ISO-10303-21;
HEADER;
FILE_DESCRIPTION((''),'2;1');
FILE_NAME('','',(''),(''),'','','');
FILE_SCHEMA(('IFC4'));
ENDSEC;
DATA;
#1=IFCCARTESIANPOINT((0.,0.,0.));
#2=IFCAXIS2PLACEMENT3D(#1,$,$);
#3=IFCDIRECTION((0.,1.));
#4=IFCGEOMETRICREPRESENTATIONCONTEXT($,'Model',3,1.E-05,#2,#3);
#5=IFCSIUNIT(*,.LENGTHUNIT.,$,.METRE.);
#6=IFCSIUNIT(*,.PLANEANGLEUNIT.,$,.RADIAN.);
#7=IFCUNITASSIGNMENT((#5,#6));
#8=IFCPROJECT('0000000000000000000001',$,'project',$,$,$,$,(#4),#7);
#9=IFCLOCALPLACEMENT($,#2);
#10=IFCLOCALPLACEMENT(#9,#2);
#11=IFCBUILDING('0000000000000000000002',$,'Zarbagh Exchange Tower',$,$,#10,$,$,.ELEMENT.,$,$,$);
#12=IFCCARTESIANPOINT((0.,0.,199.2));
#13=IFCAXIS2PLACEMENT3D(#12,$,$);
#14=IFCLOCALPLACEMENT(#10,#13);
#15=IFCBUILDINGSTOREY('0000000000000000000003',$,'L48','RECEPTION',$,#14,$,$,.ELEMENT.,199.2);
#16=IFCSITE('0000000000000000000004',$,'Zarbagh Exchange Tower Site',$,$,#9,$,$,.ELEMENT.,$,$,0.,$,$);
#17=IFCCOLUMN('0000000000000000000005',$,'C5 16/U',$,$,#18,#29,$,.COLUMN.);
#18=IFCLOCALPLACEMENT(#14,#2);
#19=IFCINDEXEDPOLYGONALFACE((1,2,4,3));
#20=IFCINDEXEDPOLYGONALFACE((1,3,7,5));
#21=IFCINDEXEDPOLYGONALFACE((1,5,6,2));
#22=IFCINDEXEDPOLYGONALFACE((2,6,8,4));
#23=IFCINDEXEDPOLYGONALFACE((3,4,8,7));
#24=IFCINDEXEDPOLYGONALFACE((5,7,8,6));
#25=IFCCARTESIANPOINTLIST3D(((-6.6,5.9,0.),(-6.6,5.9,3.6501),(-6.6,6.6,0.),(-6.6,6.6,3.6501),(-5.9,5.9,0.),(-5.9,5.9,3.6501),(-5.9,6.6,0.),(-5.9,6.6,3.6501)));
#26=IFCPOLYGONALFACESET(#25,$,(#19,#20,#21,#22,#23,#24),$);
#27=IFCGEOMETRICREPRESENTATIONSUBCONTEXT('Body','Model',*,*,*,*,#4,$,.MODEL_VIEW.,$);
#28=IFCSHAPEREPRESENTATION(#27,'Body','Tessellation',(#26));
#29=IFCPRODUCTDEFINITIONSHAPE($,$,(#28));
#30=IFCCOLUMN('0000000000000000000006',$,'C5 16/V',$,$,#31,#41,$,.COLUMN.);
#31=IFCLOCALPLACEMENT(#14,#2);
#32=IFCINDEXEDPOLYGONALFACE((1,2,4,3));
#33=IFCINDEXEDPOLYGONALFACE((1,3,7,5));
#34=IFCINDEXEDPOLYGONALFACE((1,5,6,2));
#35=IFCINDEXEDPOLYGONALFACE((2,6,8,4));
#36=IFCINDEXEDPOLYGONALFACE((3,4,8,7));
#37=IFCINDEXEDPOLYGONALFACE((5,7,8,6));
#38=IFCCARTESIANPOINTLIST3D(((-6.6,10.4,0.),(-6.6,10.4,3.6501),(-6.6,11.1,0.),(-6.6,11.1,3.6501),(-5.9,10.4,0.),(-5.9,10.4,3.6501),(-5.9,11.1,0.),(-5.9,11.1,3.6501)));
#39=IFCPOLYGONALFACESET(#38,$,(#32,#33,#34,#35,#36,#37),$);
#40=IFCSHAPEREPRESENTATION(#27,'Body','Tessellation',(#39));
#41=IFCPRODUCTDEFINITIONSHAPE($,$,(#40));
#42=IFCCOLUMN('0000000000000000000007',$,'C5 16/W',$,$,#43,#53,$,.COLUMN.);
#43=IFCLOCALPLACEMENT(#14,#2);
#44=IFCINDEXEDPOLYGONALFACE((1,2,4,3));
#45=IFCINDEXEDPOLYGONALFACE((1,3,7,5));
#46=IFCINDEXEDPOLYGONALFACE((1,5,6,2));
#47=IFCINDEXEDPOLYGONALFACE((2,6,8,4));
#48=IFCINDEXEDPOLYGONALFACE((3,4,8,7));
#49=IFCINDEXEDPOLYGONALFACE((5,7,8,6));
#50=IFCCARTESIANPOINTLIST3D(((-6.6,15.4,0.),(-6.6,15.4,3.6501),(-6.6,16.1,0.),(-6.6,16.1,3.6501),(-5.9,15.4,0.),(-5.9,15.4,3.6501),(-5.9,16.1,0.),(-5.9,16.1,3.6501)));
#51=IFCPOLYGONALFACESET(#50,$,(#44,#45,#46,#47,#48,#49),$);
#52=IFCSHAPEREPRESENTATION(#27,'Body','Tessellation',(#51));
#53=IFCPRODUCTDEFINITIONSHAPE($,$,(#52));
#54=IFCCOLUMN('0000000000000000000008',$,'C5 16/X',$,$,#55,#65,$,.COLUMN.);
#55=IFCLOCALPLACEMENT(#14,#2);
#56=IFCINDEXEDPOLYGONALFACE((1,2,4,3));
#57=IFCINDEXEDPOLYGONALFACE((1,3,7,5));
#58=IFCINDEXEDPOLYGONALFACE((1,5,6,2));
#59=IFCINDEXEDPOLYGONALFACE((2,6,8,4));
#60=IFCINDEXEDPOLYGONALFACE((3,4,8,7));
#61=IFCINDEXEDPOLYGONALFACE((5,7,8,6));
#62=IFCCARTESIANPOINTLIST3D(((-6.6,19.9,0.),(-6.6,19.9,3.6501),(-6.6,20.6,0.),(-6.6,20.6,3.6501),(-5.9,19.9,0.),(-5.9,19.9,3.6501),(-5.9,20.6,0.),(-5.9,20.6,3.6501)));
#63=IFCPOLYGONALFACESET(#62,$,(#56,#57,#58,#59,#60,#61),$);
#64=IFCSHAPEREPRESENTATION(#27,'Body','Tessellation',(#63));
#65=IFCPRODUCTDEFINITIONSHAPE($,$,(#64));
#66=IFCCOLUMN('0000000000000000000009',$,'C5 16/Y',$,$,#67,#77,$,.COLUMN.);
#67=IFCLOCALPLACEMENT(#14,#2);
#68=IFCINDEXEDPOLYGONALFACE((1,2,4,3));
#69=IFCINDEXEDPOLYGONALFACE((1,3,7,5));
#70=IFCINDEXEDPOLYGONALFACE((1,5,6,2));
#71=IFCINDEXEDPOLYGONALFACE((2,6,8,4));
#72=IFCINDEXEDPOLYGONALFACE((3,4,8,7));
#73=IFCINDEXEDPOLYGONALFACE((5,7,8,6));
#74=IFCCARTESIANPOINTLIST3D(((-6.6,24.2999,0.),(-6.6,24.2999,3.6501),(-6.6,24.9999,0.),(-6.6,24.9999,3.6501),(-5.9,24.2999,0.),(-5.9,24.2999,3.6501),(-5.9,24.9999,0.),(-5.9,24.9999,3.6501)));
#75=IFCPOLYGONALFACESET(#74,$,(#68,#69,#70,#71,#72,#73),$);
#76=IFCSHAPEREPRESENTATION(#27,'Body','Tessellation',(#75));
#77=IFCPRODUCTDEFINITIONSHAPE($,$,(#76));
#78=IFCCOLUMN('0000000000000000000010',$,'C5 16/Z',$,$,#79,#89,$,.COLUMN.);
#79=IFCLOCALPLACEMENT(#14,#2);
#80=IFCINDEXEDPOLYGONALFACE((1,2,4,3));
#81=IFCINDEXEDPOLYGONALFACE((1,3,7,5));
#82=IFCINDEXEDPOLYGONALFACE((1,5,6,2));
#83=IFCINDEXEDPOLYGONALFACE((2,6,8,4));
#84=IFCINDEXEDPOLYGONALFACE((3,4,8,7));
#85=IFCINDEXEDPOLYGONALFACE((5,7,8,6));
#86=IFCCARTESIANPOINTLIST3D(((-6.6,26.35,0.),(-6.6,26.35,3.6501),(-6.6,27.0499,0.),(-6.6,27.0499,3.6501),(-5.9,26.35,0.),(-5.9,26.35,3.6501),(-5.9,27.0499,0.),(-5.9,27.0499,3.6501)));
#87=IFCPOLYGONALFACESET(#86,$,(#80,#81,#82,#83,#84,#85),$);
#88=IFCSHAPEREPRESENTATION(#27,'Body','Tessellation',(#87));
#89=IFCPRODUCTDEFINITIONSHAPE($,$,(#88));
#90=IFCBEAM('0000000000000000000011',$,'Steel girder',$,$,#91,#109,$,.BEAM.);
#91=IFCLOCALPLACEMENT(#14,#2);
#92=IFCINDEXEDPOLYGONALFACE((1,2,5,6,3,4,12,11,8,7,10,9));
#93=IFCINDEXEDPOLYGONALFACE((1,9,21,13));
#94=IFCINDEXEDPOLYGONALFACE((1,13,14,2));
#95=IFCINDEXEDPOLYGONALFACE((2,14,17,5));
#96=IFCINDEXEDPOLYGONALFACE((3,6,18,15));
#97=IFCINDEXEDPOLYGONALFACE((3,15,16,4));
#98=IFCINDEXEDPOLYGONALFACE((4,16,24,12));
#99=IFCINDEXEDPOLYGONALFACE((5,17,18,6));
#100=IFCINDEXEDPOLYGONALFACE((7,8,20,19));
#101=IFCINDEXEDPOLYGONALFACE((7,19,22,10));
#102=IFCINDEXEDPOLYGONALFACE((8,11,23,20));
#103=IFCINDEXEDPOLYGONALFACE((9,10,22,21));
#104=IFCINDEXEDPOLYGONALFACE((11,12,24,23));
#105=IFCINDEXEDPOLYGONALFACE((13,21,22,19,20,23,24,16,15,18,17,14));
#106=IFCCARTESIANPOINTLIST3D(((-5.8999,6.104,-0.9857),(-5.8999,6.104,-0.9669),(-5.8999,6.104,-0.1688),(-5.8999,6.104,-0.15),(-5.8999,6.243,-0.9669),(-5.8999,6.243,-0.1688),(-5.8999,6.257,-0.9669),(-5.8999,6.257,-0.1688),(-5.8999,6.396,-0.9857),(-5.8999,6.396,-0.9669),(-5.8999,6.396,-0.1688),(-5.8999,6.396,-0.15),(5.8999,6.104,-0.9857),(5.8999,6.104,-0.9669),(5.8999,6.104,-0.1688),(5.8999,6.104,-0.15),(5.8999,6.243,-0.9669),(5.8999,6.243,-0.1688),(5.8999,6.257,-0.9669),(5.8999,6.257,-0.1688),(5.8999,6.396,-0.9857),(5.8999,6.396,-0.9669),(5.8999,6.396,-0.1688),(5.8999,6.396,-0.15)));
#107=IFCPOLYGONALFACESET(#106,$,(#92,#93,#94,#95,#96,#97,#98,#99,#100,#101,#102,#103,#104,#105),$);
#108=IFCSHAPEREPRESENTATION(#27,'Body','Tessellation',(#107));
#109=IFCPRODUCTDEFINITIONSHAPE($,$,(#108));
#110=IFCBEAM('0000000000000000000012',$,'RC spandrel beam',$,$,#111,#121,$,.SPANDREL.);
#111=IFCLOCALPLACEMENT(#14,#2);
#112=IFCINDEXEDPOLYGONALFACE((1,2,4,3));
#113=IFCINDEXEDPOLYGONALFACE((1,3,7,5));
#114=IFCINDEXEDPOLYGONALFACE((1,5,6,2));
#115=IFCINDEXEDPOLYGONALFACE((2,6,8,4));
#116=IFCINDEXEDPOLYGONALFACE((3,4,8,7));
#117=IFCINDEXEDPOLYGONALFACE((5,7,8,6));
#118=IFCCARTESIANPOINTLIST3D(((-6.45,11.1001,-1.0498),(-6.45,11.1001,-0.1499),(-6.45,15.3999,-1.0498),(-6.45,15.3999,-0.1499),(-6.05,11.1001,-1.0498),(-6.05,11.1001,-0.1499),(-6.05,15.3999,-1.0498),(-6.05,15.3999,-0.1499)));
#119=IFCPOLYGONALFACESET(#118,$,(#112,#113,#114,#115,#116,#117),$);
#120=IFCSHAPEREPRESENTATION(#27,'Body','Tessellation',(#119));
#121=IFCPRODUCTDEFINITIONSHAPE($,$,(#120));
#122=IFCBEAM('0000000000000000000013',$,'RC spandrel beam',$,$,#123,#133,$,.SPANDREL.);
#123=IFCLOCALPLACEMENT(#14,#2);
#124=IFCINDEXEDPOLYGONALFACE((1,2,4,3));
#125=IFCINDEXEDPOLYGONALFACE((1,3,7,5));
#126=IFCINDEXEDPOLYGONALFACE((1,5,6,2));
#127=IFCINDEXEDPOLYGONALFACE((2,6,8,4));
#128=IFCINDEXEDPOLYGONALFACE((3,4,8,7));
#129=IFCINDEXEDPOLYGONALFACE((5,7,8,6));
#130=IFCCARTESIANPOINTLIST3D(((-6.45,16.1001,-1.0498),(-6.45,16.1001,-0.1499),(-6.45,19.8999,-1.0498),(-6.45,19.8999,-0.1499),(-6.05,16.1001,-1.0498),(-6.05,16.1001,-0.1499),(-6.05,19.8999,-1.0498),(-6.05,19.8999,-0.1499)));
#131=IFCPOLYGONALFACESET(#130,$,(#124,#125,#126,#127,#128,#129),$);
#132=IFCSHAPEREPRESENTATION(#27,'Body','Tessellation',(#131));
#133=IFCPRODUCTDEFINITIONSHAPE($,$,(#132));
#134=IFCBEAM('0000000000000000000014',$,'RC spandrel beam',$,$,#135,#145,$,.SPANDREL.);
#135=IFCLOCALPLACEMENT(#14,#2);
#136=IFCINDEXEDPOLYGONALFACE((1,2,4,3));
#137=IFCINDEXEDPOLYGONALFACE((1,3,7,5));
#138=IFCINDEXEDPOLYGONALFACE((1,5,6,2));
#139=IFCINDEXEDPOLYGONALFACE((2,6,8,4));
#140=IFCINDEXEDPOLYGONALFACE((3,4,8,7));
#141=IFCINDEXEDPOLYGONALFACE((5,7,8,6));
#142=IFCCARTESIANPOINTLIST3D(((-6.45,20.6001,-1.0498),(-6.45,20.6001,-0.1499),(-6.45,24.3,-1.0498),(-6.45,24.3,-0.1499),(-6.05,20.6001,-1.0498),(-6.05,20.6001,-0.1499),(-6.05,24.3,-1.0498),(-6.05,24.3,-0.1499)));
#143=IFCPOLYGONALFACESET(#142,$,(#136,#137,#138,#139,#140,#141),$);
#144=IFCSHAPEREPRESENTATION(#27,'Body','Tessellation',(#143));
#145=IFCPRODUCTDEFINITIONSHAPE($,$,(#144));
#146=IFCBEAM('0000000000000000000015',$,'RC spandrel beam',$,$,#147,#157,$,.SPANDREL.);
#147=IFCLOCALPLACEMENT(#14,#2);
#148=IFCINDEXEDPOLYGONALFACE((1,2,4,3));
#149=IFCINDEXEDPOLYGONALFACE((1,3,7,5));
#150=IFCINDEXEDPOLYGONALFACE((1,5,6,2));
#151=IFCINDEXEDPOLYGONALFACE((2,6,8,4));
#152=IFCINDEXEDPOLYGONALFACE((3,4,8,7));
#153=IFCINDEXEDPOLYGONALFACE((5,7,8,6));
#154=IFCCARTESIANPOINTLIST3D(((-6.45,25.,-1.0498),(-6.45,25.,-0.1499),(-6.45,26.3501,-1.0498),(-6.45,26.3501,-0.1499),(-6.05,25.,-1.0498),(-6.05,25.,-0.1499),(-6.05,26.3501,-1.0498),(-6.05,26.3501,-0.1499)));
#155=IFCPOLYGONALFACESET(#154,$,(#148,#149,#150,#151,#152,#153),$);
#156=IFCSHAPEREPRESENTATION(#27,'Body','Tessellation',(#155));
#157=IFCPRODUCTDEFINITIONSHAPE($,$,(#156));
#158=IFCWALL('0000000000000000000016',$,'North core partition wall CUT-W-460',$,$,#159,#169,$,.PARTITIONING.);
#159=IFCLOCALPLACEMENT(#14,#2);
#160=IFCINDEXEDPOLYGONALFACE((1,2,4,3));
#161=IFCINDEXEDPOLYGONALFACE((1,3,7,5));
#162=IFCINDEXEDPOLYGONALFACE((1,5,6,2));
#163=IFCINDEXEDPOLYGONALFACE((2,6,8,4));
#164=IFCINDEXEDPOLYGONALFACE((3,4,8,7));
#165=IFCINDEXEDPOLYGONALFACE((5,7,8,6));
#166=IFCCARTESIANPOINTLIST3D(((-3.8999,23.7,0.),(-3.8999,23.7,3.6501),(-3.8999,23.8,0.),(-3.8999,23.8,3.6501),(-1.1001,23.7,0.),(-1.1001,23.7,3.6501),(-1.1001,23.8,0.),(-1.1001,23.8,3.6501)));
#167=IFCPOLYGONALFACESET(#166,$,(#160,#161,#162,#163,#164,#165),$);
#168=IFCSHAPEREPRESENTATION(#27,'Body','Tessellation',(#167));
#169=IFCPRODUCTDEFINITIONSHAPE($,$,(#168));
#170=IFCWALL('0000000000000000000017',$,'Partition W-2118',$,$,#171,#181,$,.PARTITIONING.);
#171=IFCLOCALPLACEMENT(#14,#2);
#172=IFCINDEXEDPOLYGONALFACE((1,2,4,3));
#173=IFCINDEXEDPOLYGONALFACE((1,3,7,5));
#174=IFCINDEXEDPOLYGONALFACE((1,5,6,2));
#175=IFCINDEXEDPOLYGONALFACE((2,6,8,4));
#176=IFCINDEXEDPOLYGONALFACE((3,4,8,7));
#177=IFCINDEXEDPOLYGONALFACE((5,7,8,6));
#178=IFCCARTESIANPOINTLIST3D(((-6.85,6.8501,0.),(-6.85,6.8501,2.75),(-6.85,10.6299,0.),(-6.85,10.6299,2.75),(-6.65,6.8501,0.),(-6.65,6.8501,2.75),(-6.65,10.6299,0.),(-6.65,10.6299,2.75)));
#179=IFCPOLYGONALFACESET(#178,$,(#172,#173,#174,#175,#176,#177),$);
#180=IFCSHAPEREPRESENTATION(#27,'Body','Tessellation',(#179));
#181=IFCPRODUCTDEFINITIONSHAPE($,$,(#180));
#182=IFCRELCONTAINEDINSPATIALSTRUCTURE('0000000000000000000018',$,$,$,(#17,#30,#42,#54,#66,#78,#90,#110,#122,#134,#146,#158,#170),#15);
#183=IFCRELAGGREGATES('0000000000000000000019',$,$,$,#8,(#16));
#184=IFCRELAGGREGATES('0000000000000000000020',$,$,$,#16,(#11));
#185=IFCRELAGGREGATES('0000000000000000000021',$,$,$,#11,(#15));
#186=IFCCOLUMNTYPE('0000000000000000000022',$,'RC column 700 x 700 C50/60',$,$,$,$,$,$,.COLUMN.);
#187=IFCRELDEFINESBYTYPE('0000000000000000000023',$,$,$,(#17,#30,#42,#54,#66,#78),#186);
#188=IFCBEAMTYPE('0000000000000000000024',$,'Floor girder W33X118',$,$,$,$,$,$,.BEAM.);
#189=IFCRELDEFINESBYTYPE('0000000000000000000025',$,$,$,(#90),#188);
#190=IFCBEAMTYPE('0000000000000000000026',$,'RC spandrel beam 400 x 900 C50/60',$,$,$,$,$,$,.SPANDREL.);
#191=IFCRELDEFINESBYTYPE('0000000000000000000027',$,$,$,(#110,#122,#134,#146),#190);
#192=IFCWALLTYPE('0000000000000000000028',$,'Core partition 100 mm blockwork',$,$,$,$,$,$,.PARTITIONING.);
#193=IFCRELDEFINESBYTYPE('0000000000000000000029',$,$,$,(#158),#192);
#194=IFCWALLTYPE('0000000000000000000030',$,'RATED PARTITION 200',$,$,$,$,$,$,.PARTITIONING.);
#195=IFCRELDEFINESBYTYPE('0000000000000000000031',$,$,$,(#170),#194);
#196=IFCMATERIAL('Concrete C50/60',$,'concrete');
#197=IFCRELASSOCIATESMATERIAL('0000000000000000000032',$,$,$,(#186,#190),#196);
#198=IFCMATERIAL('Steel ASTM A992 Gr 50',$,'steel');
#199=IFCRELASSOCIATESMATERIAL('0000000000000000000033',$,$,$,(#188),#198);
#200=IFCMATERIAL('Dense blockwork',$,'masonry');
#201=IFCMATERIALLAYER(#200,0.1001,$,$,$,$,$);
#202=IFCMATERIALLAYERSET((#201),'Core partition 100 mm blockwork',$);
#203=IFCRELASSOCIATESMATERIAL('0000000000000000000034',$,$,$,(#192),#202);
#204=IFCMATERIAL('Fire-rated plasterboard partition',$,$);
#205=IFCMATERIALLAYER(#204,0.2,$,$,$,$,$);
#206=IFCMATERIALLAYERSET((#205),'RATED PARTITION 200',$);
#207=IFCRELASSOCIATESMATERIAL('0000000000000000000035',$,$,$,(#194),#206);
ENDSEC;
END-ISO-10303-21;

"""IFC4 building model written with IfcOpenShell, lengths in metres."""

from ifc_helpers import new_model, si_unit, direction, frame, frame_2d, origin, origin_2d, place, context, subcontext, project, spatial, rectangle, i_section, extrude, material, layer, layer_set, material_profile, profile_set, type_object, element, save


model = new_model("IFC4")

# Units and contexts
model_context = context("Model", 3, precision=1e-05, world=origin(), true_north=direction((0.0, 1.0)))
body_context = subcontext(model_context, "Body", "Model", "MODEL_VIEW")
ifc_project = project(units=[si_unit("LENGTHUNIT", "METRE"), si_unit("PLANEANGLEUNIT", "RADIAN")], contexts=[model_context])

# Site, building, storey
site_placement = place(None, origin())
site = spatial("IfcSite", under=ifc_project, at=site_placement, Name="Zarbagh Exchange Tower Site", CompositionType="ELEMENT", RefElevation=0.0)
building_placement = place(site_placement, origin())
building = spatial("IfcBuilding", under=site, at=building_placement, Name="Zarbagh Exchange Tower", CompositionType="ELEMENT")
storey_placement = place(building_placement, frame((0.0, 0.0, 199.2)))
storey = spatial("IfcBuildingStorey", under=building, at=storey_placement, Name="L48", Description="RECEPTION", CompositionType="ELEMENT", Elevation=199.2)

# Columns
ifc_material_1 = material(Name="Concrete C50/60", Category="concrete")
ifc_material_profile_1 = material_profile(ifc_material_1, rectangle(XDim=0.7, YDim=0.7, at=origin_2d()), Name="RC column 700 x 700 C50/60")
ifc_profile_set_1 = profile_set([ifc_material_profile_1], Name="Concrete C50/60")
column_type = type_object("IfcColumnType", Name="RC column 700 x 700 C50/60", PredefinedType="COLUMN", material=ifc_profile_set_1)
for number, where, z_axis, x_axis, name in (
    (1, (-6.25, 6.25, 0.0), (0.0, 0.0, 1.0), (1.0, 0.0, 0.0), "C5 16/U"),
    (2, (-6.25, 10.75, 0.0), (0.0, 0.0, 1.0), (1.0, 0.0, 0.0), "C5 16/V"),
    (3, (-6.25, 15.75, 0.0), (0.0, 0.0, 1.0), (1.0, 0.0, 0.0), "C5 16/W"),
    (4, (-6.25, 20.25, 0.0), (0.0, 0.0, 1.0), (1.0, 0.0, 0.0), "C5 16/X"),
    (5, (-6.25, 24.6499, 0.0), (0.0, 0.0, 1.0), (1.0, 0.0, 0.0), "C5 16/Y"),
    (6, (-6.25, 26.7, 0.0), (0.0, 0.0, 1.0), (1.0, 0.0, 0.0), "C5 16/Z"),
):
    element("IfcColumn", number, at=place(storey_placement, frame(where, z_axis=z_axis, x_axis=x_axis)), inside=storey, type_object=column_type, Name=name, PredefinedType="COLUMN", context=body_context, shape_type="SweptSolid", body=[
        extrude(rectangle(XDim=0.7, YDim=0.7, at=origin_2d()), origin(), (0.0, 0.0, 1.0), 3.6501),
    ])

# Beams
ifc_material_2 = material(Name="Steel ASTM A992 Gr 50", Category="steel")
ifc_material_profile_2 = material_profile(ifc_material_2, i_section(OverallWidth=0.292, OverallDepth=0.8357, WebThickness=0.0139, FlangeThickness=0.0188, at=origin_2d()), Name="W33X118")
ifc_profile_set_2 = profile_set([ifc_material_profile_2], Name="Steel ASTM A992 Gr 50")
beam_type_1 = type_object("IfcBeamType", Name="Floor girder W33X118", PredefinedType="BEAM", material=ifc_profile_set_2)
beam_1_placement = place(storey_placement, frame((-5.8999, 6.25, -0.5679), z_axis=(1.0, 0.0, 0.0), x_axis=(0.0, 1.0, 0.0)))
element("IfcBeam", 7, at=beam_1_placement, inside=storey, type_object=beam_type_1, Name="Steel girder", PredefinedType="BEAM", context=body_context, shape_type="SweptSolid", body=[
    extrude(i_section(OverallWidth=0.292, OverallDepth=0.8357, WebThickness=0.0139, FlangeThickness=0.0188, at=origin_2d()), origin(), (0.0, 0.0, 1.0), 11.7998),
])
ifc_material_profile_3 = material_profile(ifc_material_1, rectangle(XDim=0.3999, YDim=0.8999, at=origin_2d()), Name="RC spandrel beam 400 x 900 C50/60")
ifc_profile_set_3 = profile_set([ifc_material_profile_3], Name="Concrete C50/60")
beam_type_2 = type_object("IfcBeamType", Name="RC spandrel beam 400 x 900 C50/60", PredefinedType="SPANDREL", material=ifc_profile_set_3)
beam_2_placement = place(storey_placement, frame((-6.25, 11.1001, -0.5999), z_axis=(0.0, 1.0, 0.0), x_axis=(-1.0, 0.0, 0.0)))
element("IfcBeam", 8, at=beam_2_placement, inside=storey, type_object=beam_type_2, Name="RC spandrel beam", PredefinedType="SPANDREL", context=body_context, shape_type="SweptSolid", body=[
    extrude(rectangle(XDim=0.3999, YDim=0.8999, at=origin_2d()), origin(), (0.0, 0.0, 1.0), 4.2998),
])
beam_3_placement = place(storey_placement, frame((-6.25, 16.1001, -0.5999), z_axis=(0.0, 1.0, 0.0), x_axis=(-1.0, 0.0, 0.0)))
element("IfcBeam", 9, at=beam_3_placement, inside=storey, type_object=beam_type_2, Name="RC spandrel beam", PredefinedType="SPANDREL", context=body_context, shape_type="SweptSolid", body=[
    extrude(rectangle(XDim=0.3999, YDim=0.8999, at=origin_2d()), origin(), (0.0, 0.0, 1.0), 3.7998),
])
beam_4_placement = place(storey_placement, frame((-6.25, 20.6001, -0.5999), z_axis=(0.0, 1.0, 0.0), x_axis=(-1.0, 0.0, 0.0)))
element("IfcBeam", 10, at=beam_4_placement, inside=storey, type_object=beam_type_2, Name="RC spandrel beam", PredefinedType="SPANDREL", context=body_context, shape_type="SweptSolid", body=[
    extrude(rectangle(XDim=0.3999, YDim=0.8999, at=origin_2d()), origin(), (0.0, 0.0, 1.0), 3.7),
])
beam_5_placement = place(storey_placement, frame((-6.25, 25.0, -0.5999), z_axis=(0.0, 1.0, 0.0), x_axis=(-1.0, 0.0, 0.0)))
element("IfcBeam", 11, at=beam_5_placement, inside=storey, type_object=beam_type_2, Name="RC spandrel beam", PredefinedType="SPANDREL", context=body_context, shape_type="SweptSolid", body=[
    extrude(rectangle(XDim=0.3999, YDim=0.8999, at=origin_2d()), origin(), (0.0, 0.0, 1.0), 1.3501),
])

# Walls
ifc_material_3 = material(Name="Dense blockwork", Category="masonry")
ifc_layer_1 = layer(ifc_material_3, 0.1001)
ifc_layer_set_1 = layer_set([ifc_layer_1], Name="Core partition 100 mm blockwork")
wall_type_1 = type_object("IfcWallType", Name="Core partition 100 mm blockwork", PredefinedType="PARTITIONING", material=ifc_layer_set_1)
wall_1_placement = place(storey_placement, frame((-3.8999, 23.75, 0.0), z_axis=(0.0, 0.0, 1.0), x_axis=(1.0, 0.0, 0.0)))
element("IfcWall", 12, at=wall_1_placement, inside=storey, type_object=wall_type_1, Name="North core partition wall CUT-W-460", PredefinedType="PARTITIONING", context=body_context, shape_type="SweptSolid", body=[
    extrude(rectangle(XDim=2.7998, YDim=0.1001, at=frame_2d((1.3999, 0.0))), origin(), (0.0, 0.0, 1.0), 3.6501),
])
ifc_material_4 = material(Name="Fire-rated plasterboard partition")
ifc_layer_2 = layer(ifc_material_4, 0.2)
ifc_layer_set_2 = layer_set([ifc_layer_2], Name="RATED PARTITION 200")
wall_type_2 = type_object("IfcWallType", Name="RATED PARTITION 200", PredefinedType="PARTITIONING", material=ifc_layer_set_2)
wall_2_placement = place(storey_placement, frame((-6.75, 6.8501, 0.0), z_axis=(0.0, 0.0, 1.0), x_axis=(0.0, 1.0, 0.0)))
element("IfcWall", 13, at=wall_2_placement, inside=storey, type_object=wall_type_2, Name="Partition W-2118", PredefinedType="PARTITIONING", context=body_context, shape_type="SweptSolid", body=[
    extrude(rectangle(XDim=3.7798, YDim=0.2, at=frame_2d((1.8899, 0.0))), origin(), (0.0, 0.0, 1.0), 2.75),
])

save(model, "model.ifc")
